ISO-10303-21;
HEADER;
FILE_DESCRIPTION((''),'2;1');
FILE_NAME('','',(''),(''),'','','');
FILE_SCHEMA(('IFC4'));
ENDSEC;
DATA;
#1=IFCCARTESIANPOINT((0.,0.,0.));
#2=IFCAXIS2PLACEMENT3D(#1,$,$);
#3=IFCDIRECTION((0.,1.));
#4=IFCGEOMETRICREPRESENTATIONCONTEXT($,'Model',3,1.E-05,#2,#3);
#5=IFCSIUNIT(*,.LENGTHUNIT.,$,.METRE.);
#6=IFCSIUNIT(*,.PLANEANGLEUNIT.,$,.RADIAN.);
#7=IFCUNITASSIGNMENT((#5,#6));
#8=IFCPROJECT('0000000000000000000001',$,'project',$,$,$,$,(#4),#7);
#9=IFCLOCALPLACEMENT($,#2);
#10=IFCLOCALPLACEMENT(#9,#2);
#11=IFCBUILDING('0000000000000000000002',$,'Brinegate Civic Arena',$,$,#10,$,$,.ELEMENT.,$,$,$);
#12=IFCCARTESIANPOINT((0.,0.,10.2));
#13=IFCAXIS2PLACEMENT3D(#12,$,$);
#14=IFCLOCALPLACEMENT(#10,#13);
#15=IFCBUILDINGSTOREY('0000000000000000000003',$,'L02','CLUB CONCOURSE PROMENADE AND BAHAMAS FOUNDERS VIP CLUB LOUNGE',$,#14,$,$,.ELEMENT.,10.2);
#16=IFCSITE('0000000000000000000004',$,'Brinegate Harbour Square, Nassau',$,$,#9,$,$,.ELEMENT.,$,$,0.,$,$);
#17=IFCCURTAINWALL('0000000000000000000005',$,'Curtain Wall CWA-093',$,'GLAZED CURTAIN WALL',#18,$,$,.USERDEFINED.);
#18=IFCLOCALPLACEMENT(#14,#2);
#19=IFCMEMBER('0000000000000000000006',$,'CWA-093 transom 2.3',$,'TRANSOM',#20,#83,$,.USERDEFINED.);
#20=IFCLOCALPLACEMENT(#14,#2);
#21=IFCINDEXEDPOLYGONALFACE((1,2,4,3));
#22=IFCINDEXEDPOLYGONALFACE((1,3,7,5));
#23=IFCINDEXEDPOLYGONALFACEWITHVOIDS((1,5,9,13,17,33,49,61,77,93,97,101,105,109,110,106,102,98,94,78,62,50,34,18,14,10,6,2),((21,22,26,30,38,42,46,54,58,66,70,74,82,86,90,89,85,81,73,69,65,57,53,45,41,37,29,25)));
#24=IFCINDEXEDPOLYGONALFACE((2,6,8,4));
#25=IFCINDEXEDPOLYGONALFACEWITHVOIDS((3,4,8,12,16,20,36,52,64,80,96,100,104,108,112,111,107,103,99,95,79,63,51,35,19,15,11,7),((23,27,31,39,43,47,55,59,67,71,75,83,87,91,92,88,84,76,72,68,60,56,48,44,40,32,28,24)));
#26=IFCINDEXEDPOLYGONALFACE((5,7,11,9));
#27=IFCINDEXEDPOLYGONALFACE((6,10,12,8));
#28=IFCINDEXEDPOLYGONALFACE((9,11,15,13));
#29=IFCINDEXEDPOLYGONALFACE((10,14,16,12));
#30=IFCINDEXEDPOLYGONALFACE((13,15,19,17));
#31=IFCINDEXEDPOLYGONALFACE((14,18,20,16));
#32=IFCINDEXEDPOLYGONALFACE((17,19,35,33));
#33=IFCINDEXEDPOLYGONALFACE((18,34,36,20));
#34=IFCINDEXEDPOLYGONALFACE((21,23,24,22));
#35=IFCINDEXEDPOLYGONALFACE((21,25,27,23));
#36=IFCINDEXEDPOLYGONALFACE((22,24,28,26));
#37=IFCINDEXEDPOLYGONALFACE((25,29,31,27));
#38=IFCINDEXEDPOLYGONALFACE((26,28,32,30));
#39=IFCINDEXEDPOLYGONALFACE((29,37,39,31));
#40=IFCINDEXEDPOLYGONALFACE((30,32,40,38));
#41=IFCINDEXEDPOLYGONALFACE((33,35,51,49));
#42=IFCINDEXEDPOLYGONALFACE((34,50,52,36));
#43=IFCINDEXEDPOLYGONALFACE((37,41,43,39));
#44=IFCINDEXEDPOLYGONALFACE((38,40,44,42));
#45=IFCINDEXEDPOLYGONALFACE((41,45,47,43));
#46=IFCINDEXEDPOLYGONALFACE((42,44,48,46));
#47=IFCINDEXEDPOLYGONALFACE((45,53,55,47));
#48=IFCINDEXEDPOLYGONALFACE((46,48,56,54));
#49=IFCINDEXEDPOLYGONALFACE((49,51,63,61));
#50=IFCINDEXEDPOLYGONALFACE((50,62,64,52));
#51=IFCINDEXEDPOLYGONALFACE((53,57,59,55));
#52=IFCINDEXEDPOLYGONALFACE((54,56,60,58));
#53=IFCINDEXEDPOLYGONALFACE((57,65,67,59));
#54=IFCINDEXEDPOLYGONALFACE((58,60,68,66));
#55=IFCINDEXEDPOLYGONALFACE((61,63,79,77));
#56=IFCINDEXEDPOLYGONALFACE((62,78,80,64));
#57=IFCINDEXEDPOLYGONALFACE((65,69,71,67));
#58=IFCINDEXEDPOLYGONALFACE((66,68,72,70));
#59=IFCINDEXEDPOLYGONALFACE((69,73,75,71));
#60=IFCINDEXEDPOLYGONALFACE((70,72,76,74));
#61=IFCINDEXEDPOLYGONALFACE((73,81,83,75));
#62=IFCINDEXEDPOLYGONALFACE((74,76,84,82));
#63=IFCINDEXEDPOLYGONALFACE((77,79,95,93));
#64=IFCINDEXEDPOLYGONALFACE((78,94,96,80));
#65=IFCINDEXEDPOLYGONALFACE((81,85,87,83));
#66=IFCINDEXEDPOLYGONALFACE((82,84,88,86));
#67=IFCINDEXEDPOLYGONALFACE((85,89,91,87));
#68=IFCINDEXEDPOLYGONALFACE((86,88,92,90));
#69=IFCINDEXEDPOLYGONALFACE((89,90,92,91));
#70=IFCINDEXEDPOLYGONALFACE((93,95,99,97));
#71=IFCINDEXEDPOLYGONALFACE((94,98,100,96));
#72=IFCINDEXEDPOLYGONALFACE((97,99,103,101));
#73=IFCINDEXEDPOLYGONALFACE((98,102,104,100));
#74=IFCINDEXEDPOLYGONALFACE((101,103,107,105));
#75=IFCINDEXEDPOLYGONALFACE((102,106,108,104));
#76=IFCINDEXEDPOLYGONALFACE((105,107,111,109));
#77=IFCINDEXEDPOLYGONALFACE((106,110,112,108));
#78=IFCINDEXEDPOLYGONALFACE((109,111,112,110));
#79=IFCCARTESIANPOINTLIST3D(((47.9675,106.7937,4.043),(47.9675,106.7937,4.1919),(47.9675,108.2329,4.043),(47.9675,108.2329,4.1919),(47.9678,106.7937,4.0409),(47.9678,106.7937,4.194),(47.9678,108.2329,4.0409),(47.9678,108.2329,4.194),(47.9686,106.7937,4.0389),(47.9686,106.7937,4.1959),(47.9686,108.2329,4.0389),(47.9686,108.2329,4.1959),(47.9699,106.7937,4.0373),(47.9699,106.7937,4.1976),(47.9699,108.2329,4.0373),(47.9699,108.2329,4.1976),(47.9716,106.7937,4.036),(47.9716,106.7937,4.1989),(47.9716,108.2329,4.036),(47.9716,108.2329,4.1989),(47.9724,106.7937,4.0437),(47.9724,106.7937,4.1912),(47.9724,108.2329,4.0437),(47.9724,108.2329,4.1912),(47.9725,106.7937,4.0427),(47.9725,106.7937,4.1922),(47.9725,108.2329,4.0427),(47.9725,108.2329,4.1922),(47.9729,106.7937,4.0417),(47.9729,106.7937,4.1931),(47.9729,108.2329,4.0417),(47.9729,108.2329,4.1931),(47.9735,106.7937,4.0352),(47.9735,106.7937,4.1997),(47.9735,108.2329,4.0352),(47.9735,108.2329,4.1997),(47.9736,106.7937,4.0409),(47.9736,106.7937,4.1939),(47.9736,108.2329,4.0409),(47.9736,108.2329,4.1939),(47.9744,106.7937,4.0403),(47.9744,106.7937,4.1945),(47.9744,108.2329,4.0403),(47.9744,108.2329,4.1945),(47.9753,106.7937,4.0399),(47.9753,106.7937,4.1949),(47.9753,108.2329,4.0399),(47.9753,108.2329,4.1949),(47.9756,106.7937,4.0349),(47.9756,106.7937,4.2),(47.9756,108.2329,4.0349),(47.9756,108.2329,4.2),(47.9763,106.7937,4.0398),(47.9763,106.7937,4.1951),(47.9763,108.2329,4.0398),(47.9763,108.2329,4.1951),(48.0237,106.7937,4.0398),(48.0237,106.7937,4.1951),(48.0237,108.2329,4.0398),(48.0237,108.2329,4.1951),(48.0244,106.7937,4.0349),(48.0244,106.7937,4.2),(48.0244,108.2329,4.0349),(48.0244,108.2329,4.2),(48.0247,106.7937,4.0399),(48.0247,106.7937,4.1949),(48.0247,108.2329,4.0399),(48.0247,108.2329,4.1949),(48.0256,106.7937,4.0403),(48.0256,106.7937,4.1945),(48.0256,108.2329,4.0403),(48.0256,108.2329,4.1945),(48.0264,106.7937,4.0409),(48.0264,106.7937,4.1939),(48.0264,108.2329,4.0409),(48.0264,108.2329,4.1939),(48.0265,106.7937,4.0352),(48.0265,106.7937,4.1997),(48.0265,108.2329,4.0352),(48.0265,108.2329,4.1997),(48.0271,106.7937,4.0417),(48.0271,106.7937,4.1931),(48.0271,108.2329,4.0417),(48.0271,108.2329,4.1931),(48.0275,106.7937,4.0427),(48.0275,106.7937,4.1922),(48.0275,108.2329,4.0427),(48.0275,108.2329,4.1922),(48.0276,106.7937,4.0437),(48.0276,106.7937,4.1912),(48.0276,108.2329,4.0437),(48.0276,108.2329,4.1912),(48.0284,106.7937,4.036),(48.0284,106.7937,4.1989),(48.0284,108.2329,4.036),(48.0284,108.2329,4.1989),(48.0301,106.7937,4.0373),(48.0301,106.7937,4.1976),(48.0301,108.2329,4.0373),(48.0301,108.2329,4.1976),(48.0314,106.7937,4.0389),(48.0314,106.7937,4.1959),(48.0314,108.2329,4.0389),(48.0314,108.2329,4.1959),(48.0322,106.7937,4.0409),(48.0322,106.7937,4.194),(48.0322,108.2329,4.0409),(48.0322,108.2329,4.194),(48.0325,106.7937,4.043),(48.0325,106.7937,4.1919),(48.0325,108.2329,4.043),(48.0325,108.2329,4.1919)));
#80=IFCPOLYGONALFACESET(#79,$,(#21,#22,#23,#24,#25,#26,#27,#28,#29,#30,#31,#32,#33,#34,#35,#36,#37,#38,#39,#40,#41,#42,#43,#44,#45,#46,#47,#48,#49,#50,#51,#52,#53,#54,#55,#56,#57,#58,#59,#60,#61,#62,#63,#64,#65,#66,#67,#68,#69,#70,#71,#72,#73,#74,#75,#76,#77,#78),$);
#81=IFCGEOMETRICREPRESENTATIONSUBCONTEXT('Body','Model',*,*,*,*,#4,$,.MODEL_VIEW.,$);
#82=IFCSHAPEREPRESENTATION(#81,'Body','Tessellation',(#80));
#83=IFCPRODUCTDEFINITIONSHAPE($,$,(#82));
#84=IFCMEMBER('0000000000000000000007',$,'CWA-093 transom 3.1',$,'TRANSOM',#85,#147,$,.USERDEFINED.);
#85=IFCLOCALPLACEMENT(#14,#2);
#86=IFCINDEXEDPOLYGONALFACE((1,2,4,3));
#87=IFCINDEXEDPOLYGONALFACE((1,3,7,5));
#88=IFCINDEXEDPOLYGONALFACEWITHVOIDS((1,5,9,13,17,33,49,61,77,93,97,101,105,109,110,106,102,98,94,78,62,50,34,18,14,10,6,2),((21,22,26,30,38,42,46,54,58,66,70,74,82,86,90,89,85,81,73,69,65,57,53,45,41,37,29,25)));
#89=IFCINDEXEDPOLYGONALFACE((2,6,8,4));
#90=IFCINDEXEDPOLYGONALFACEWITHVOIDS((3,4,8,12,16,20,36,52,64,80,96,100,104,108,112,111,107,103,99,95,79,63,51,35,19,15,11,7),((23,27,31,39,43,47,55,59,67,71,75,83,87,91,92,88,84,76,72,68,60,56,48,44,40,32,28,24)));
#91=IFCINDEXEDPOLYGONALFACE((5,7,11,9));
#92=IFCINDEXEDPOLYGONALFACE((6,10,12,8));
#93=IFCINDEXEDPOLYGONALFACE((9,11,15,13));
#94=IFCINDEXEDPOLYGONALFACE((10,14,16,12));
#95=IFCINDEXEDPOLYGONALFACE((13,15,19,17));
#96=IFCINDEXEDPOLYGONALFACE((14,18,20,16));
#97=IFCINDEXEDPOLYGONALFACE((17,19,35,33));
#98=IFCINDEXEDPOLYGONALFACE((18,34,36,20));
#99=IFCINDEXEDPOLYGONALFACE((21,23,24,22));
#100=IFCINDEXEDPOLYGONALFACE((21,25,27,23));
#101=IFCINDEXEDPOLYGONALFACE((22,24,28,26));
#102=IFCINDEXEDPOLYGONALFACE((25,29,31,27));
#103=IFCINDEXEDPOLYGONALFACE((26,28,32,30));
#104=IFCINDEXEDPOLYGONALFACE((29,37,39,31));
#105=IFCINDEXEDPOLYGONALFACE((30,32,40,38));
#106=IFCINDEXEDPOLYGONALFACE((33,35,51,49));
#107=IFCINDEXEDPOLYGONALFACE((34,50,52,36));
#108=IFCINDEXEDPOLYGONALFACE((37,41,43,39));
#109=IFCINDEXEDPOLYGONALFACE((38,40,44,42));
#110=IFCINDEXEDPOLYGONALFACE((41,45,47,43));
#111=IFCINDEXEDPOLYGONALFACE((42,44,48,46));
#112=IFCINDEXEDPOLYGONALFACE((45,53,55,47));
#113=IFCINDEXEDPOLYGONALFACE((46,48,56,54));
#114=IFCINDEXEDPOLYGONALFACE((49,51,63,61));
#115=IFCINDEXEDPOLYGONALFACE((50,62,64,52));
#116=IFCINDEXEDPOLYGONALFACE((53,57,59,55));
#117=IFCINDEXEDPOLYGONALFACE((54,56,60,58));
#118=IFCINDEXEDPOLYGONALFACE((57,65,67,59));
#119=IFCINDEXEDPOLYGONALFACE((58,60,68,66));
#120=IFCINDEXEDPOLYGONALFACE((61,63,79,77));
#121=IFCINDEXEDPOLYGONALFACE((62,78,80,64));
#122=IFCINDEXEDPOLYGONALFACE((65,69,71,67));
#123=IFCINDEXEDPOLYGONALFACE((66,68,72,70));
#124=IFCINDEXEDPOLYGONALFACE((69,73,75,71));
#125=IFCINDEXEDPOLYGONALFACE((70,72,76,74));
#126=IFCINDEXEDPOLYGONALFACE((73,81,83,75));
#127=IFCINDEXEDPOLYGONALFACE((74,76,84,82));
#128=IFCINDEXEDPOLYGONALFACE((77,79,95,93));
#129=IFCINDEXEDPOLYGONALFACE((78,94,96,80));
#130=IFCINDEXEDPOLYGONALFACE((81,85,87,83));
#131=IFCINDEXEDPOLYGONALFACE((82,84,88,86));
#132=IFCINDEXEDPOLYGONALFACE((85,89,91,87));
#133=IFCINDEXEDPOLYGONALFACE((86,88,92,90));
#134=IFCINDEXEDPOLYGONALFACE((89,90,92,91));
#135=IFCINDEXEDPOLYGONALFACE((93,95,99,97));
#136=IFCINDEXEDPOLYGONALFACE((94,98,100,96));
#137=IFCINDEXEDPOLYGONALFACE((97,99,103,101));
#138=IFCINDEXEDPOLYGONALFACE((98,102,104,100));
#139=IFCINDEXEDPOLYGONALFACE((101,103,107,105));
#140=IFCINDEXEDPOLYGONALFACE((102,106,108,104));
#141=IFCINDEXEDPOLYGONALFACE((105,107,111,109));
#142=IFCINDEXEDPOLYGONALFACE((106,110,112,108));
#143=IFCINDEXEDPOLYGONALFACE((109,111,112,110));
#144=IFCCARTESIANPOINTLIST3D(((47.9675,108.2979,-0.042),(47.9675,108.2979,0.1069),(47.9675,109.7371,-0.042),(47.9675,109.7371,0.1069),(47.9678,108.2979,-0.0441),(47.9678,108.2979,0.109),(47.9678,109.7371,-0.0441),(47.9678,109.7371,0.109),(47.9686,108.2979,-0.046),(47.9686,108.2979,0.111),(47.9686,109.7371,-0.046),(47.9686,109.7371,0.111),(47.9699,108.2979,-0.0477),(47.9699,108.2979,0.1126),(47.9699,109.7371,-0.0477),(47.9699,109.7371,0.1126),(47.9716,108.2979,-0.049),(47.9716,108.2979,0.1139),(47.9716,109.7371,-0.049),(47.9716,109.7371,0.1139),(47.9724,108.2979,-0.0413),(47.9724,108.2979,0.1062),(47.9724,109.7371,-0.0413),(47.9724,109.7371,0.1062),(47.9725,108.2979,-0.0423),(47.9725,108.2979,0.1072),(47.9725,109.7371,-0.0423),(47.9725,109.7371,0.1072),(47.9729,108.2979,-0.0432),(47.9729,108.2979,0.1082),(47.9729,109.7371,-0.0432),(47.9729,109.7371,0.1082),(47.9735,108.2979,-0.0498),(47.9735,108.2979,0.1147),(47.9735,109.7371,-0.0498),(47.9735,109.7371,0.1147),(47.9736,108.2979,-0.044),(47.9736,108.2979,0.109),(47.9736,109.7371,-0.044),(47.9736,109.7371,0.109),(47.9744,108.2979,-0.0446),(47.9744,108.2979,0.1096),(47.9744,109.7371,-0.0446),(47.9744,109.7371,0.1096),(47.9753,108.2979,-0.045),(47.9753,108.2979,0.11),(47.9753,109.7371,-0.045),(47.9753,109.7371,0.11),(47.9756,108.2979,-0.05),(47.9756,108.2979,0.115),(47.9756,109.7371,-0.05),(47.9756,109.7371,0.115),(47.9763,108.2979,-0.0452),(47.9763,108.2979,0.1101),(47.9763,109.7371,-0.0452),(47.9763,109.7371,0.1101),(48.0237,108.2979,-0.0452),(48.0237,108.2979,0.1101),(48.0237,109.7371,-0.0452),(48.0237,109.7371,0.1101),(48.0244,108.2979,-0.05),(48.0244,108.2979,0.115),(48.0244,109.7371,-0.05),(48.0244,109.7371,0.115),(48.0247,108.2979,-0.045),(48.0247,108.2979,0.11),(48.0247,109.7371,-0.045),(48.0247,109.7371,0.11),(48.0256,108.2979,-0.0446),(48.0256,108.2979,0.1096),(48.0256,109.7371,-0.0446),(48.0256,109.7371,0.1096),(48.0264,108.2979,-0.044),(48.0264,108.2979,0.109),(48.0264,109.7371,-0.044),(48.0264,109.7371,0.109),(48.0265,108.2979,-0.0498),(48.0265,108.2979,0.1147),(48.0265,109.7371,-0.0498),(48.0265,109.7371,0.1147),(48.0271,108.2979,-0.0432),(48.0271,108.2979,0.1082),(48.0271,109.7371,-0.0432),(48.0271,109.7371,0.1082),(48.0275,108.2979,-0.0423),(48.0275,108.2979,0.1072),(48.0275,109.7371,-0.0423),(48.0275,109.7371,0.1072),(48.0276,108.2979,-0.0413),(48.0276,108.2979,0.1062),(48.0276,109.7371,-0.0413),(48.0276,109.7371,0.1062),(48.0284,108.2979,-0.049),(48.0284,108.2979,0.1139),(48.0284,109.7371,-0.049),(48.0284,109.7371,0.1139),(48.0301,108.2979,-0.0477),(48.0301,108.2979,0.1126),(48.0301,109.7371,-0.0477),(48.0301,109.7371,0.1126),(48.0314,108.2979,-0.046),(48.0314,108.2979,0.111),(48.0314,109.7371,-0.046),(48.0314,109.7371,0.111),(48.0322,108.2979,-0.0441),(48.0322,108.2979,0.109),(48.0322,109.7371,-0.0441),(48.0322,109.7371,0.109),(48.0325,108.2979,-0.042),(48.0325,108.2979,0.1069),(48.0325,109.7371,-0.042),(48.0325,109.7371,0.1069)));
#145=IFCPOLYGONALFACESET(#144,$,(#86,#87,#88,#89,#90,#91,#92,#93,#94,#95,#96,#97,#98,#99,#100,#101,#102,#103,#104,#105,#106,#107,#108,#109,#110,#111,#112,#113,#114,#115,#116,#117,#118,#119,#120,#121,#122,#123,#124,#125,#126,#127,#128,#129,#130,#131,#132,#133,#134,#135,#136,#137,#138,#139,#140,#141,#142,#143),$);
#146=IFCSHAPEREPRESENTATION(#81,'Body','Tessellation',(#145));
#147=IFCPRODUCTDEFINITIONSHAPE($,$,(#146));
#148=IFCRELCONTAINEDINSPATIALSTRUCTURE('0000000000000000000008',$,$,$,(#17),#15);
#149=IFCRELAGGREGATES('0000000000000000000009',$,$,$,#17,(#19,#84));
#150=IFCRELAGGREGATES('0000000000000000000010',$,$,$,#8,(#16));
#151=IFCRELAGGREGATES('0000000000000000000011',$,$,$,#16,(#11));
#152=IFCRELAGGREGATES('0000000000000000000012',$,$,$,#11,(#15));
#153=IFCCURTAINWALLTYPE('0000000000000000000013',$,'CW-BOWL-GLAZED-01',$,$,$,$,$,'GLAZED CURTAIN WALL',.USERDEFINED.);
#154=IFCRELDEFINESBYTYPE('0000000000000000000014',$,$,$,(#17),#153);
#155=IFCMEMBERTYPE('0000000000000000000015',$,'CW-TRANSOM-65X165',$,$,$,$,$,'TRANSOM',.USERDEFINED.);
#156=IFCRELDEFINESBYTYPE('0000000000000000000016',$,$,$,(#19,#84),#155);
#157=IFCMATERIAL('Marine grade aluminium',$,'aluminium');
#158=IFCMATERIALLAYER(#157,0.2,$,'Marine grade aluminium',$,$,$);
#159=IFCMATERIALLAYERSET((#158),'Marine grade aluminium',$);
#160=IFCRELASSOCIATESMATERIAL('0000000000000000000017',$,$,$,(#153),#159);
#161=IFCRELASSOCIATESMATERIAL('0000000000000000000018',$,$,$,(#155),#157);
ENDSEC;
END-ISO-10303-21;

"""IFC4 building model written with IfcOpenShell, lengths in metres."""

from ifc_helpers import new_model, si_unit, direction, frame, origin, origin_2d, place, context, subcontext, project, spatial, hollow_rectangle, extrude, material, layer, layer_set, material_profile, profile_set, type_object, element, aggregate, save


model = new_model("IFC4")

# Units and contexts
model_context = context("Model", 3, precision=1e-05, world=origin(), true_north=direction((0.0, 1.0)))
body_context = subcontext(model_context, "Body", "Model", "MODEL_VIEW")
ifc_project = project(units=[si_unit("LENGTHUNIT", "METRE"), si_unit("PLANEANGLEUNIT", "RADIAN")], contexts=[model_context])

# Site, building, storey
site_placement = place(None, origin())
site = spatial("IfcSite", under=ifc_project, at=site_placement, Name="Brinegate Harbour Square, Nassau", CompositionType="ELEMENT", RefElevation=0.0)
building_placement = place(site_placement, origin())
building = spatial("IfcBuilding", under=site, at=building_placement, Name="Brinegate Civic Arena", CompositionType="ELEMENT")
storey_placement = place(building_placement, frame((0.0, 0.0, 10.2)))
storey = spatial("IfcBuildingStorey", under=building, at=storey_placement, Name="L02", Description="CLUB CONCOURSE PROMENADE AND BAHAMAS FOUNDERS VIP CLUB LOUNGE", CompositionType="ELEMENT", Elevation=10.2)

# Curtain wall, members
ifc_material_1 = material(Name="Marine grade aluminium", Category="aluminium")
ifc_layer_1 = layer(ifc_material_1, 0.2, Name="Marine grade aluminium")
ifc_layer_set_1 = layer_set([ifc_layer_1], Name="Marine grade aluminium")
curtain_wall_type = type_object("IfcCurtainWallType", Name="CW-BOWL-GLAZED-01", ElementType="GLAZED CURTAIN WALL", PredefinedType="USERDEFINED", material=ifc_layer_set_1)
curtain_wall_placement = place(storey_placement, origin())
curtain_wall = element("IfcCurtainWall", 1, at=curtain_wall_placement, inside=storey, type_object=curtain_wall_type, Name="Curtain Wall CWA-093", ObjectType="GLAZED CURTAIN WALL", PredefinedType="USERDEFINED")
ifc_material_profile_1 = material_profile(ifc_material_1, hollow_rectangle(XDim=0.0649, YDim=0.165, WallThickness=0.0049, InnerFilletRadius=0.0039, OuterFilletRadius=0.0081, at=origin_2d()), Name="TRN65X165")
ifc_profile_set_1 = profile_set([ifc_material_profile_1], Name="Marine grade aluminium")
member_type_1 = type_object("IfcMemberType", Name="CW-TRANSOM-65X165", ElementType="TRANSOM", PredefinedType="USERDEFINED", material=ifc_profile_set_1)
member_1_placement = place(storey_placement, frame((48.0, 106.7937, 4.1174), z_axis=(0.0, 1.0, 0.0), x_axis=(-1.0, 0.0, 0.0)))
member_1 = element("IfcMember", 2, at=member_1_placement, type_object=member_type_1, Name="CWA-093 transom 2.3", ObjectType="TRANSOM", PredefinedType="USERDEFINED", context=body_context, shape_type="SweptSolid", body=[
    extrude(hollow_rectangle(XDim=0.0649, YDim=0.165, WallThickness=0.0049, InnerFilletRadius=0.0039, OuterFilletRadius=0.0081, at=origin_2d()), origin(), (0.0, 0.0, 1.0), 1.4392),
])
member_2_placement = place(storey_placement, frame((48.0, 108.2979, 0.0325), z_axis=(0.0, 1.0, 0.0), x_axis=(-1.0, 0.0, 0.0)))
member_2 = element("IfcMember", 3, at=member_2_placement, type_object=member_type_1, Name="CWA-093 transom 3.1", ObjectType="TRANSOM", PredefinedType="USERDEFINED", context=body_context, shape_type="SweptSolid", body=[
    extrude(hollow_rectangle(XDim=0.0649, YDim=0.165, WallThickness=0.0049, InnerFilletRadius=0.0039, OuterFilletRadius=0.0081, at=origin_2d()), origin(), (0.0, 0.0, 1.0), 1.4392),
])

aggregate(curtain_wall, [member_1, member_2])

save(model, "model.ifc")
